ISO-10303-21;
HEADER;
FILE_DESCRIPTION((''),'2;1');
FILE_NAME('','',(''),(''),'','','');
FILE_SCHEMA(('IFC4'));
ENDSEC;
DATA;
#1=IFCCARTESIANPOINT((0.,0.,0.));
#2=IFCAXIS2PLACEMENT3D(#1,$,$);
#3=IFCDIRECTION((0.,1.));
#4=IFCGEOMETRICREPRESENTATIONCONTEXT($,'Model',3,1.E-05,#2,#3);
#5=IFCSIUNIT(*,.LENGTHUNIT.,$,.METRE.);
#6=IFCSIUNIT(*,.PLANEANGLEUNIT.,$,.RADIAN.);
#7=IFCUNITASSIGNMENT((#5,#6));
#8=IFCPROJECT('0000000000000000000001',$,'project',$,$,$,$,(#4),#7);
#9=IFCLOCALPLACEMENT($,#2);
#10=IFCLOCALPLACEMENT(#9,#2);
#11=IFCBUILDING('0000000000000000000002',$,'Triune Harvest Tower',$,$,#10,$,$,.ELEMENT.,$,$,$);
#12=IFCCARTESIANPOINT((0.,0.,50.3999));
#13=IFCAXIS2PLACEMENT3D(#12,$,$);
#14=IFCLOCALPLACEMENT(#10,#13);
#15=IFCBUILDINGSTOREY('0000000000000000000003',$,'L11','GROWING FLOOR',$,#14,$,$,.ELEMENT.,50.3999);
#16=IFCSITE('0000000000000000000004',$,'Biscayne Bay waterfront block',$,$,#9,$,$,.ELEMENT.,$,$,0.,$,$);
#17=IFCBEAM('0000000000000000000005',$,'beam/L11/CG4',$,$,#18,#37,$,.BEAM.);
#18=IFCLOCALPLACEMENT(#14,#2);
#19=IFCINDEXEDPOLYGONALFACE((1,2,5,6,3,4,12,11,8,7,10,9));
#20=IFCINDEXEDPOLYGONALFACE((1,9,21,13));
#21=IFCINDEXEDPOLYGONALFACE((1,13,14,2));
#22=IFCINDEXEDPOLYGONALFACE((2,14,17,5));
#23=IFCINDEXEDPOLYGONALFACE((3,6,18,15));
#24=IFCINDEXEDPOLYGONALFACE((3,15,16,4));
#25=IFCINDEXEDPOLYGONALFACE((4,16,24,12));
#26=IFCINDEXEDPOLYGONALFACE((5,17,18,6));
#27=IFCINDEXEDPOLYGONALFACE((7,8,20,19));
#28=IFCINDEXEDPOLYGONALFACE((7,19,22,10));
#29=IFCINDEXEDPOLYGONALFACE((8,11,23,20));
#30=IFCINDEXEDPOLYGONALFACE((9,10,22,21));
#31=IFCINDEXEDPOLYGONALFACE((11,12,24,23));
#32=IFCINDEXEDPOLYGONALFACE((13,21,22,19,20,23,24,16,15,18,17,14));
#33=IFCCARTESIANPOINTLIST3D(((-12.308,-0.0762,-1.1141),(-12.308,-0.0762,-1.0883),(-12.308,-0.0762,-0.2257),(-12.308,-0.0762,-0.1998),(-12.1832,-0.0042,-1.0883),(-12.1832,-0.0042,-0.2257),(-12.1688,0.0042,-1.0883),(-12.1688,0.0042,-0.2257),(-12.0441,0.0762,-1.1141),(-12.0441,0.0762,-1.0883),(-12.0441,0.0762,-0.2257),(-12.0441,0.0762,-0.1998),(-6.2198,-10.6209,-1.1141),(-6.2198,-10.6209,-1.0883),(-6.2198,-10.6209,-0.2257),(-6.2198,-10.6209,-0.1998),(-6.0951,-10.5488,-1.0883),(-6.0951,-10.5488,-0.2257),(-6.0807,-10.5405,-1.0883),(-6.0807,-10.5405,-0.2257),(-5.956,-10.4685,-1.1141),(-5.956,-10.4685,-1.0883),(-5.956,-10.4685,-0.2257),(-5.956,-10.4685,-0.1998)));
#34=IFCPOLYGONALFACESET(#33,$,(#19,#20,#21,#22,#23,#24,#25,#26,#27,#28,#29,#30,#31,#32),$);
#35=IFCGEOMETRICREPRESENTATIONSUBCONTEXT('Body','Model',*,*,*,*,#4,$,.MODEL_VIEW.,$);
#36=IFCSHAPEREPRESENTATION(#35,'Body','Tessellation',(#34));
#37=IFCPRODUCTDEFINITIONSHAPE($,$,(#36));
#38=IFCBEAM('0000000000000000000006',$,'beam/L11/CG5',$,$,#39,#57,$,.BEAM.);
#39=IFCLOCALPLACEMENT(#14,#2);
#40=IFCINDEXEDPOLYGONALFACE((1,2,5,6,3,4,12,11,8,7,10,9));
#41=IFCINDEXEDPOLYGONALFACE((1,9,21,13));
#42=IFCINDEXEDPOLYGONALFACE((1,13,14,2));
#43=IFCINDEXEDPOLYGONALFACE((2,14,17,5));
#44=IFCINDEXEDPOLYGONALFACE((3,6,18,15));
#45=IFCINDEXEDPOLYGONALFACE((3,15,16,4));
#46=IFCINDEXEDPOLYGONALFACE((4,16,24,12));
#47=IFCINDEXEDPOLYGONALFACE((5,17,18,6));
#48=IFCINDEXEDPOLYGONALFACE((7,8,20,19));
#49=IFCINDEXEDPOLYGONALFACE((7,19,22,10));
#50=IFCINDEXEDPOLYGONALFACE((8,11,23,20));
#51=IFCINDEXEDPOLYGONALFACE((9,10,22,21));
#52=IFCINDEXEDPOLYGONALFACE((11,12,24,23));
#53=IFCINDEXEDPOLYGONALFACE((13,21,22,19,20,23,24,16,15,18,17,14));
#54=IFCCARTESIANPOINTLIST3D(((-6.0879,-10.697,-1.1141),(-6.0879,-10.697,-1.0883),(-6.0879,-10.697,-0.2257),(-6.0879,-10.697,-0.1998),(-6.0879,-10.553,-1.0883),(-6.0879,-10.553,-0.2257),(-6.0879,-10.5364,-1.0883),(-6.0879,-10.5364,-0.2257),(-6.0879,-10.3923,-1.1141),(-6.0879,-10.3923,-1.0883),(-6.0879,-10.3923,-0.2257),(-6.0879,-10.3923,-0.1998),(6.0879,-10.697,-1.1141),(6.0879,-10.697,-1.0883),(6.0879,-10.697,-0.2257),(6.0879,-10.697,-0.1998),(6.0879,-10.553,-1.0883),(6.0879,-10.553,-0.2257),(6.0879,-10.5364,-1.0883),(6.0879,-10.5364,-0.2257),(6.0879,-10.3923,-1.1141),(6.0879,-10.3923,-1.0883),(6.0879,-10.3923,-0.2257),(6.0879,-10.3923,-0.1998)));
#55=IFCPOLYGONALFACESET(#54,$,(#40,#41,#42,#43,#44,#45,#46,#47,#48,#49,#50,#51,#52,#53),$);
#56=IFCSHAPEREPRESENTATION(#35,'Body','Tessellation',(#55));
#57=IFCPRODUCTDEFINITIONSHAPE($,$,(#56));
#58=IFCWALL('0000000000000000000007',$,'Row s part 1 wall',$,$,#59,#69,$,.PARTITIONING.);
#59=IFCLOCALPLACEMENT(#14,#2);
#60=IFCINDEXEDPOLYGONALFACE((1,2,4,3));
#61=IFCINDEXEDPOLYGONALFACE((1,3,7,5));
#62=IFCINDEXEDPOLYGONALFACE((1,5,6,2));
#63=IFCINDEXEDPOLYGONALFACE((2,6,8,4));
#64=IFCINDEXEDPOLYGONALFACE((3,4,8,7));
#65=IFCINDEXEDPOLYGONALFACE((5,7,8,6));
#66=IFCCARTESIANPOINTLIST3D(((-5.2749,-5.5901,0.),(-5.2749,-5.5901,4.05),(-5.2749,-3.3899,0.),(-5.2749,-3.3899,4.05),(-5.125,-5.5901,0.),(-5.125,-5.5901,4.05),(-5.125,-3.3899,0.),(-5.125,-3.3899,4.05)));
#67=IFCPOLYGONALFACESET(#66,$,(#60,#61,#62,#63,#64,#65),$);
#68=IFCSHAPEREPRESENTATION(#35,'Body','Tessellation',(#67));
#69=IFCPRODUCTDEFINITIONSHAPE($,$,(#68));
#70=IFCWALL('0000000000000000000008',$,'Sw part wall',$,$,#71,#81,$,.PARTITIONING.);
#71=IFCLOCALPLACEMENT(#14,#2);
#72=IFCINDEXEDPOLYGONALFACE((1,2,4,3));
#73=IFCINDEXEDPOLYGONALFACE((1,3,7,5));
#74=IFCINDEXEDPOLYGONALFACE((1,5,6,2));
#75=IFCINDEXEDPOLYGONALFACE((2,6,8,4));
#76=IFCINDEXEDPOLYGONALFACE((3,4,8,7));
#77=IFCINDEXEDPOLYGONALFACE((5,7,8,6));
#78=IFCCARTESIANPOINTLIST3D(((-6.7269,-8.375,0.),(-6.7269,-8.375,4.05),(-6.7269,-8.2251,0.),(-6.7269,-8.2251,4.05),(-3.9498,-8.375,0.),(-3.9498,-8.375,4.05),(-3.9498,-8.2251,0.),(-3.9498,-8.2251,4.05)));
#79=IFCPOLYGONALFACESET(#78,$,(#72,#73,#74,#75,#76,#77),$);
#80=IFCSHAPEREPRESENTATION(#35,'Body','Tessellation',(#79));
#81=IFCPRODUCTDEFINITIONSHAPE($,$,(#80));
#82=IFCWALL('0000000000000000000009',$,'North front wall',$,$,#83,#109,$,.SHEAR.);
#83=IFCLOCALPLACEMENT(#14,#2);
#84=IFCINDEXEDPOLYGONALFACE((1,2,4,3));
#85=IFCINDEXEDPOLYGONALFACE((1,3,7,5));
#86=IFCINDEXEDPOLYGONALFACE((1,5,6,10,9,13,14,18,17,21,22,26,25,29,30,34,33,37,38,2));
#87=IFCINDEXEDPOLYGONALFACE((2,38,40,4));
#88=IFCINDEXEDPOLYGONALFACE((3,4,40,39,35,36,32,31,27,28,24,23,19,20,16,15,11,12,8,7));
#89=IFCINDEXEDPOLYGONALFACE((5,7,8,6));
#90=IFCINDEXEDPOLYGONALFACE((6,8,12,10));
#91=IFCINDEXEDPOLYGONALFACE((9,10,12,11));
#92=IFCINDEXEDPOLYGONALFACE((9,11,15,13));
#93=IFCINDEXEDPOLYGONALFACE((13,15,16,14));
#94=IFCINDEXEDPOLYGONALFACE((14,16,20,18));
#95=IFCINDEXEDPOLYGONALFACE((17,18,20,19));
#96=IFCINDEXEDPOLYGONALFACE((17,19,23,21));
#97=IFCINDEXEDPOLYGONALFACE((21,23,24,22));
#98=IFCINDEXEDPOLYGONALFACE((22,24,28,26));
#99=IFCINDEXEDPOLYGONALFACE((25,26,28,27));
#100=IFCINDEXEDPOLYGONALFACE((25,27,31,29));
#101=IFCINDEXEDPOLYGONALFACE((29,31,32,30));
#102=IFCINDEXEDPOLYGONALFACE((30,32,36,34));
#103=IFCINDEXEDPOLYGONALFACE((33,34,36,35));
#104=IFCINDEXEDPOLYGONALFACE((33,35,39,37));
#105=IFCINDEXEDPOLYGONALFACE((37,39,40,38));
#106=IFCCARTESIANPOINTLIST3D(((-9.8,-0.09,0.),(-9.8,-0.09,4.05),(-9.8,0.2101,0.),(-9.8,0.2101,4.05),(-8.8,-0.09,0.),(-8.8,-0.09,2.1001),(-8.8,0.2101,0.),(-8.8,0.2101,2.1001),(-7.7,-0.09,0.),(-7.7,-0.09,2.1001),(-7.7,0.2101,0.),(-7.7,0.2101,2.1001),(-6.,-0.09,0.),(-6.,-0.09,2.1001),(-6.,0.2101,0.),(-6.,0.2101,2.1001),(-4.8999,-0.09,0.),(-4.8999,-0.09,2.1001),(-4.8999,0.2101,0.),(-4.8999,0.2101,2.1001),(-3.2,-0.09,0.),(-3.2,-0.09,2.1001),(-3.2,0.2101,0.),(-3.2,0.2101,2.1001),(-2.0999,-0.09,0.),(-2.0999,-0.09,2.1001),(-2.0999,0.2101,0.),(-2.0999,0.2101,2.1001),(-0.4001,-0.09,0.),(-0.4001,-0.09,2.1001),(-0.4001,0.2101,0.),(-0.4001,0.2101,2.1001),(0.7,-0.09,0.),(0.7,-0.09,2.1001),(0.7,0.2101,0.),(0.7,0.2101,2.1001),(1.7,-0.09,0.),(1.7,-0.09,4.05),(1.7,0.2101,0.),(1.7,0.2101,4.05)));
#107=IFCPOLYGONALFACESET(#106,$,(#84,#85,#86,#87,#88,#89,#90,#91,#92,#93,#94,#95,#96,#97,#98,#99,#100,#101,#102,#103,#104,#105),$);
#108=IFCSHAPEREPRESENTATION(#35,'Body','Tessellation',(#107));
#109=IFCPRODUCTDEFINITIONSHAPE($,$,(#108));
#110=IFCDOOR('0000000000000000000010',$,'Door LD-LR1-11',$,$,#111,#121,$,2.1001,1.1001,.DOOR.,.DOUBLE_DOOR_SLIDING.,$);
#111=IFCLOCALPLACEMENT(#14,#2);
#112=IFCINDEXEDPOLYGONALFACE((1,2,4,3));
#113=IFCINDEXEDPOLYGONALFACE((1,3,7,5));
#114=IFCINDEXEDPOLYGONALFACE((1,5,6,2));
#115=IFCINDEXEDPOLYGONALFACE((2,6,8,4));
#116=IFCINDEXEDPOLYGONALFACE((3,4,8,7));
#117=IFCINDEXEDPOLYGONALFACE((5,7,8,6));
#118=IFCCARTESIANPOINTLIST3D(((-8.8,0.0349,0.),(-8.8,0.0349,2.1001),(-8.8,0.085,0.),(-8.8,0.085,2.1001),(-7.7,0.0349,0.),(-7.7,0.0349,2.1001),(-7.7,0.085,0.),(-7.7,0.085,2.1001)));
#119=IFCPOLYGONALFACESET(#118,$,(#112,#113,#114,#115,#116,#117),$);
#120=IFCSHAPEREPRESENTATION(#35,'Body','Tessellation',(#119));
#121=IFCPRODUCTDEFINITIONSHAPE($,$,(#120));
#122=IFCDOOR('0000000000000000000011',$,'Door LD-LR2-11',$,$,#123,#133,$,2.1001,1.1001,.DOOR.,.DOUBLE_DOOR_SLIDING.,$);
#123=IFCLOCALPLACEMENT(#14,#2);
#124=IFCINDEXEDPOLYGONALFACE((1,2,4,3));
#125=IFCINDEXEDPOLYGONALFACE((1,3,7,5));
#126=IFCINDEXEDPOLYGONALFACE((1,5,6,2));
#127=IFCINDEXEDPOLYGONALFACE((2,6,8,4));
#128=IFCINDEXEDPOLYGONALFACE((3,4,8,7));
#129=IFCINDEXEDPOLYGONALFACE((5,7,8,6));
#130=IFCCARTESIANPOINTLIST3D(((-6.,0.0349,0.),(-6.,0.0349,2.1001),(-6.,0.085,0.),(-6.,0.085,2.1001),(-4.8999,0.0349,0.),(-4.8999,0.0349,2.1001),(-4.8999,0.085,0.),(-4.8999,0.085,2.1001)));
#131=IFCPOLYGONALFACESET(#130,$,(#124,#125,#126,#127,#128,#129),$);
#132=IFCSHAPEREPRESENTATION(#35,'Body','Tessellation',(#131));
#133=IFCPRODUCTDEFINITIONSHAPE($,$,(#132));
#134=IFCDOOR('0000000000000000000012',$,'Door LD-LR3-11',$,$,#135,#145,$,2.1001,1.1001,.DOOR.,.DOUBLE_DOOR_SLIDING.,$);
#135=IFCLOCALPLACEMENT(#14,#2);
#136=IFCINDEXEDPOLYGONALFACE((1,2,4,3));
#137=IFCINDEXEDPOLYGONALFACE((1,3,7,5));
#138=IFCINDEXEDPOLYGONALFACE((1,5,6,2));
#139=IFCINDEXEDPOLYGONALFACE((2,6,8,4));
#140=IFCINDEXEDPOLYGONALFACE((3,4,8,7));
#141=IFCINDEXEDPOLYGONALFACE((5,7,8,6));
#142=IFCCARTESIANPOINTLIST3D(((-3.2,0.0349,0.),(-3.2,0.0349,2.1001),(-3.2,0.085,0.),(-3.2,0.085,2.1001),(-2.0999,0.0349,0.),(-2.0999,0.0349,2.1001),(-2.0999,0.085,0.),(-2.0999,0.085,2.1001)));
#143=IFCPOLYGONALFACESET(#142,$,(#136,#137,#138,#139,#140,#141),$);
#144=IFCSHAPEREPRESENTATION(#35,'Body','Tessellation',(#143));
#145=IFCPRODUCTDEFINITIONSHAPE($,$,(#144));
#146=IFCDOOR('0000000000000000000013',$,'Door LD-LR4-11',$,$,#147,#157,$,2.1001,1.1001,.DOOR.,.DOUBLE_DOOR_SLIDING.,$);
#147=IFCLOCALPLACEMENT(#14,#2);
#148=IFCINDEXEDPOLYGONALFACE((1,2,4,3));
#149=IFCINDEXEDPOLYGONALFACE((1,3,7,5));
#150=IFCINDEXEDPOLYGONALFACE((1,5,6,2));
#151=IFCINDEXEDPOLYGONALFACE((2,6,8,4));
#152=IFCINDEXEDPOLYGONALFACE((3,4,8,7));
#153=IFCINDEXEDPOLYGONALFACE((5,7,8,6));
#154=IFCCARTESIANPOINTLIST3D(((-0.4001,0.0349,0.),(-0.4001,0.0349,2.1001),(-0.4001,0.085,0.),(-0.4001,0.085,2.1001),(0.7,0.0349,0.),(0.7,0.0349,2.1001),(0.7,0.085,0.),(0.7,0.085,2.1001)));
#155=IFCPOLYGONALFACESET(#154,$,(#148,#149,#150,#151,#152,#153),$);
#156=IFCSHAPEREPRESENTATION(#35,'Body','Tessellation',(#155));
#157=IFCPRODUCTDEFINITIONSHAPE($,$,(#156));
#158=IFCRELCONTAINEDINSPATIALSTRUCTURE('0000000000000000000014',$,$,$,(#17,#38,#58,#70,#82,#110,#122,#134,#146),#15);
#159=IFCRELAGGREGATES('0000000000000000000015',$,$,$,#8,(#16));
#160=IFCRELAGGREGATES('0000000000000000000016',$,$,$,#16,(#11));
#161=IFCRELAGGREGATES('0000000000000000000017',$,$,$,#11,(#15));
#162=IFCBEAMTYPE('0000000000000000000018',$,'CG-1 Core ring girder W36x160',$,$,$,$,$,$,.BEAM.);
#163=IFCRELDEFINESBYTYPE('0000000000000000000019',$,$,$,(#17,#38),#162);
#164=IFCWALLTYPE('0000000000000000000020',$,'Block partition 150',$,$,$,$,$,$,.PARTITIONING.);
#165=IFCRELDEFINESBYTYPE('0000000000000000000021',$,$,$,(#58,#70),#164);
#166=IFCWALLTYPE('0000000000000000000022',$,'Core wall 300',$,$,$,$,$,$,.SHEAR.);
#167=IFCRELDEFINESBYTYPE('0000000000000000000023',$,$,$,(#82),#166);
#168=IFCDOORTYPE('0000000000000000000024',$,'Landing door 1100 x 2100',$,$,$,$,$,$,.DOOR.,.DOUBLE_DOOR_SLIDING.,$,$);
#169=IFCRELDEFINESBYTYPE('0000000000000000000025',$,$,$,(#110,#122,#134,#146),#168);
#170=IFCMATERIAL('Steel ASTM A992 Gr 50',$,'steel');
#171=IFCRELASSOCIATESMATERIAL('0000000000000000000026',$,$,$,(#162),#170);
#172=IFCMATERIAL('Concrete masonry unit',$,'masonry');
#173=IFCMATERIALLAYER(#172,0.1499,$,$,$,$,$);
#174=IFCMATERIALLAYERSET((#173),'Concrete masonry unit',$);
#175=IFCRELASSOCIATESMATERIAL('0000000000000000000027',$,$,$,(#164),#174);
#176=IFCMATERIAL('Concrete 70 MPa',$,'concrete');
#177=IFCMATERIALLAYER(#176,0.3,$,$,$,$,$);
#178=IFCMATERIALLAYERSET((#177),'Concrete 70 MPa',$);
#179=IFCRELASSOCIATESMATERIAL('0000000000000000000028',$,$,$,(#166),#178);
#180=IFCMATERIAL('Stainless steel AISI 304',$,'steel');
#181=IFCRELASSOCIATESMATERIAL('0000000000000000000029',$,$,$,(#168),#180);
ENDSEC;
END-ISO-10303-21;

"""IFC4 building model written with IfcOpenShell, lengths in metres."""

from ifc_helpers import new_model, si_unit, direction, frame, frame_2d, origin, origin_2d, place, context, subcontext, project, spatial, rectangle, i_section, extrude, source, transform, mapped, material, layer, layer_set, material_profile, profile_set, type_object, element, fill, save


model = new_model("IFC4")

# Units and contexts
model_context = context("Model", 3, precision=1e-05, world=origin(), true_north=direction((0.0, 1.0)))
body_context = subcontext(model_context, "Body", "Model", "MODEL_VIEW")
ifc_project = project(units=[si_unit("LENGTHUNIT", "METRE"), si_unit("PLANEANGLEUNIT", "RADIAN")], contexts=[model_context])

# Site, building, storey
site_placement = place(None, origin())
site = spatial("IfcSite", under=ifc_project, at=site_placement, Name="Biscayne Bay waterfront block", CompositionType="ELEMENT", RefElevation=0.0)
building_placement = place(site_placement, origin())
building = spatial("IfcBuilding", under=site, at=building_placement, Name="Triune Harvest Tower", CompositionType="ELEMENT")
storey_placement = place(building_placement, frame((0.0, 0.0, 50.3999)))
storey = spatial("IfcBuildingStorey", under=building, at=storey_placement, Name="L11", Description="GROWING FLOOR", CompositionType="ELEMENT", Elevation=50.3999)

# Beams
ifc_material_1 = material(Name="Steel ASTM A992 Gr 50", Category="steel")
ifc_material_profile = material_profile(ifc_material_1, i_section(OverallWidth=0.3047, OverallDepth=0.9143, WebThickness=0.0166, FlangeThickness=0.0259, at=origin_2d()), Name="W36x160")
ifc_profile_set = profile_set([ifc_material_profile], Name="Steel ASTM A992 Gr 50")
beam_type = type_object("IfcBeamType", Name="CG-1 Core ring girder W36x160", PredefinedType="BEAM", material=ifc_profile_set)
shared_shape_1 = source(origin(), body_context, "Body", "SweptSolid", [
    extrude(i_section(OverallWidth=0.3047, OverallDepth=0.9143, WebThickness=0.0166, FlangeThickness=0.0259, at=origin_2d()), origin(), (0.0, 0.0, 1.0), 12.176),
])
beam_1_placement = place(storey_placement, frame((-12.176, 0.0, -0.657), z_axis=(0.50001, -0.86602, 0.0), x_axis=(0.86602, 0.50001, 0.0)))
element("IfcBeam", 1, at=beam_1_placement, inside=storey, type_object=beam_type, Name="beam/L11/CG4", PredefinedType="BEAM", context=body_context, shape_type="MappedRepresentation", body=[
    mapped(shared_shape_1, transform((0.0, 0.0, 0.0), scale=1.0)),
])
shared_shape_2 = source(origin(), body_context, "Body", "SweptSolid", [
    extrude(i_section(OverallWidth=0.3047, OverallDepth=0.9143, WebThickness=0.0166, FlangeThickness=0.0259, at=origin_2d()), origin(), (0.0, 0.0, 1.0), 12.1758),
])
beam_2_placement = place(storey_placement, frame((-6.0879, -10.5447, -0.657), z_axis=(1.0, 0.0, 0.0), x_axis=(0.0, 1.0, 0.0)))
element("IfcBeam", 2, at=beam_2_placement, inside=storey, type_object=beam_type, Name="beam/L11/CG5", PredefinedType="BEAM", context=body_context, shape_type="MappedRepresentation", body=[
    mapped(shared_shape_2, transform((0.0, 0.0, 0.0), scale=1.0)),
])

# Walls
ifc_material_2 = material(Name="Concrete masonry unit", Category="masonry")
ifc_layer_1 = layer(ifc_material_2, 0.1499)
ifc_layer_set_1 = layer_set([ifc_layer_1], Name="Concrete masonry unit")
wall_type_1 = type_object("IfcWallType", Name="Block partition 150", PredefinedType="PARTITIONING", material=ifc_layer_set_1)
wall_1_placement = place(storey_placement, frame((-5.2, -5.5901, 0.0), z_axis=(0.0, 0.0, 1.0), x_axis=(0.0, 1.0, 0.0)))
element("IfcWall", 3, at=wall_1_placement, inside=storey, type_object=wall_type_1, Name="Row s part 1 wall", PredefinedType="PARTITIONING", context=body_context, shape_type="SweptSolid", body=[
    extrude(rectangle(XDim=2.2002, YDim=0.1499, at=frame_2d((1.1001, 0.0))), origin(), (0.0, 0.0, 1.0), 4.05),
])
wall_2_placement = place(storey_placement, frame((-6.7271, -8.3, 0.0), z_axis=(0.0, 0.0, 1.0), x_axis=(1.0, 0.0, 0.0)))
element("IfcWall", 4, at=wall_2_placement, inside=storey, type_object=wall_type_1, Name="Sw part wall", PredefinedType="PARTITIONING", context=body_context, shape_type="SweptSolid", body=[
    extrude(rectangle(XDim=2.7771, YDim=0.1499, at=frame_2d((1.3887, 0.0))), origin(), (0.0, 0.0, 1.0), 4.05),
])

# Wall, openings, doors
ifc_material_3 = material(Name="Concrete 70 MPa", Category="concrete")
ifc_layer_2 = layer(ifc_material_3, 0.3)
ifc_layer_set_2 = layer_set([ifc_layer_2], Name="Concrete 70 MPa")
wall_type_2 = type_object("IfcWallType", Name="Core wall 300", PredefinedType="SHEAR", material=ifc_layer_set_2)
wall_3_placement = place(storey_placement, frame((-9.8, 0.0601, 0.0), z_axis=(0.0, 0.0, 1.0), x_axis=(1.0, 0.0, 0.0)))
wall_3 = element("IfcWall", 5, at=wall_3_placement, inside=storey, type_object=wall_type_2, Name="North front wall", PredefinedType="SHEAR", context=body_context, shape_type="SweptSolid", body=[
    extrude(rectangle(XDim=11.5, YDim=0.3, at=frame_2d((5.75, 0.0))), origin(), (0.0, 0.0, 1.0), 4.05),
])
opening_1_placement = place(wall_3_placement, frame((1.0, 0.0, 0.0)))
opening_1 = element("IfcOpeningElement", 6, at=opening_1_placement, cuts=wall_3, PredefinedType="OPENING", context=body_context, shape_type="SweptSolid", body=[
    extrude(rectangle(XDim=1.1001, YDim=2.1001, at=frame_2d((0.55, 1.05))), frame((0.0, 0.1602, 0.0), z_axis=(0.0, -1.0, 0.0), x_axis=(1.0, 0.0, 0.0)), (0.0, 0.0, 1.0), 0.3201),
])
opening_2_placement = place(wall_3_placement, frame((3.8, 0.0, 0.0)))
opening_2 = element("IfcOpeningElement", 7, at=opening_2_placement, cuts=wall_3, PredefinedType="OPENING", context=body_context, shape_type="SweptSolid", body=[
    extrude(rectangle(XDim=1.1001, YDim=2.1001, at=frame_2d((0.55, 1.05))), frame((0.0, 0.1602, 0.0), z_axis=(0.0, -1.0, 0.0), x_axis=(1.0, 0.0, 0.0)), (0.0, 0.0, 1.0), 0.3201),
])
opening_3_placement = place(wall_3_placement, frame((6.6001, 0.0, 0.0)))
opening_3 = element("IfcOpeningElement", 8, at=opening_3_placement, cuts=wall_3, PredefinedType="OPENING", context=body_context, shape_type="SweptSolid", body=[
    extrude(rectangle(XDim=1.1001, YDim=2.1001, at=frame_2d((0.55, 1.05))), frame((0.0, 0.1602, 0.0), z_axis=(0.0, -1.0, 0.0), x_axis=(1.0, 0.0, 0.0)), (0.0, 0.0, 1.0), 0.3201),
])
opening_4_placement = place(wall_3_placement, frame((9.3999, 0.0, 0.0)))
opening_4 = element("IfcOpeningElement", 9, at=opening_4_placement, cuts=wall_3, PredefinedType="OPENING", context=body_context, shape_type="SweptSolid", body=[
    extrude(rectangle(XDim=1.1001, YDim=2.1001, at=frame_2d((0.55, 1.05))), frame((0.0, 0.1602, 0.0), z_axis=(0.0, -1.0, 0.0), x_axis=(1.0, 0.0, 0.0)), (0.0, 0.0, 1.0), 0.3201),
])
ifc_material_4 = material(Name="Stainless steel AISI 304", Category="steel")
door_type_1 = type_object("IfcDoorType", Name="Landing door 1100 x 2100", OperationType="DOUBLE_DOOR_SLIDING", PredefinedType="DOOR", material=ifc_material_4)
door_1_placement = place(opening_1_placement, origin())
door_1 = element("IfcDoor", 10, at=door_1_placement, inside=storey, type_object=door_type_1, Name="Door LD-LR1-11", OperationType="DOUBLE_DOOR_SLIDING", OverallHeight=2.1001, OverallWidth=1.1001, PredefinedType="DOOR", context=body_context, shape_type="SweptSolid", body=[
    extrude(rectangle(XDim=1.1001, YDim=2.1001, at=frame_2d((0.55, 1.05))), frame((0.0, 0.0249, 0.0), z_axis=(0.0, -1.0, 0.0), x_axis=(1.0, 0.0, 0.0)), (0.0, 0.0, 1.0), 0.05),
])
fill(opening_1, door_1)
door_2_placement = place(opening_2_placement, origin())
door_2 = element("IfcDoor", 11, at=door_2_placement, inside=storey, type_object=door_type_1, Name="Door LD-LR2-11", OperationType="DOUBLE_DOOR_SLIDING", OverallHeight=2.1001, OverallWidth=1.1001, PredefinedType="DOOR", context=body_context, shape_type="SweptSolid", body=[
    extrude(rectangle(XDim=1.1001, YDim=2.1001, at=frame_2d((0.55, 1.05))), frame((0.0, 0.0249, 0.0), z_axis=(0.0, -1.0, 0.0), x_axis=(1.0, 0.0, 0.0)), (0.0, 0.0, 1.0), 0.05),
])
fill(opening_2, door_2)
door_3_placement = place(opening_3_placement, origin())
door_3 = element("IfcDoor", 12, at=door_3_placement, inside=storey, type_object=door_type_1, Name="Door LD-LR3-11", OperationType="DOUBLE_DOOR_SLIDING", OverallHeight=2.1001, OverallWidth=1.1001, PredefinedType="DOOR", context=body_context, shape_type="SweptSolid", body=[
    extrude(rectangle(XDim=1.1001, YDim=2.1001, at=frame_2d((0.55, 1.05))), frame((0.0, 0.0249, 0.0), z_axis=(0.0, -1.0, 0.0), x_axis=(1.0, 0.0, 0.0)), (0.0, 0.0, 1.0), 0.05),
])
fill(opening_3, door_3)
door_4_placement = place(opening_4_placement, origin())
door_4 = element("IfcDoor", 13, at=door_4_placement, inside=storey, type_object=door_type_1, Name="Door LD-LR4-11", OperationType="DOUBLE_DOOR_SLIDING", OverallHeight=2.1001, OverallWidth=1.1001, PredefinedType="DOOR", context=body_context, shape_type="SweptSolid", body=[
    extrude(rectangle(XDim=1.1001, YDim=2.1001, at=frame_2d((0.55, 1.05))), frame((0.0, 0.0249, 0.0), z_axis=(0.0, -1.0, 0.0), x_axis=(1.0, 0.0, 0.0)), (0.0, 0.0, 1.0), 0.05),
])
fill(opening_4, door_4)

save(model, "model.ifc")
